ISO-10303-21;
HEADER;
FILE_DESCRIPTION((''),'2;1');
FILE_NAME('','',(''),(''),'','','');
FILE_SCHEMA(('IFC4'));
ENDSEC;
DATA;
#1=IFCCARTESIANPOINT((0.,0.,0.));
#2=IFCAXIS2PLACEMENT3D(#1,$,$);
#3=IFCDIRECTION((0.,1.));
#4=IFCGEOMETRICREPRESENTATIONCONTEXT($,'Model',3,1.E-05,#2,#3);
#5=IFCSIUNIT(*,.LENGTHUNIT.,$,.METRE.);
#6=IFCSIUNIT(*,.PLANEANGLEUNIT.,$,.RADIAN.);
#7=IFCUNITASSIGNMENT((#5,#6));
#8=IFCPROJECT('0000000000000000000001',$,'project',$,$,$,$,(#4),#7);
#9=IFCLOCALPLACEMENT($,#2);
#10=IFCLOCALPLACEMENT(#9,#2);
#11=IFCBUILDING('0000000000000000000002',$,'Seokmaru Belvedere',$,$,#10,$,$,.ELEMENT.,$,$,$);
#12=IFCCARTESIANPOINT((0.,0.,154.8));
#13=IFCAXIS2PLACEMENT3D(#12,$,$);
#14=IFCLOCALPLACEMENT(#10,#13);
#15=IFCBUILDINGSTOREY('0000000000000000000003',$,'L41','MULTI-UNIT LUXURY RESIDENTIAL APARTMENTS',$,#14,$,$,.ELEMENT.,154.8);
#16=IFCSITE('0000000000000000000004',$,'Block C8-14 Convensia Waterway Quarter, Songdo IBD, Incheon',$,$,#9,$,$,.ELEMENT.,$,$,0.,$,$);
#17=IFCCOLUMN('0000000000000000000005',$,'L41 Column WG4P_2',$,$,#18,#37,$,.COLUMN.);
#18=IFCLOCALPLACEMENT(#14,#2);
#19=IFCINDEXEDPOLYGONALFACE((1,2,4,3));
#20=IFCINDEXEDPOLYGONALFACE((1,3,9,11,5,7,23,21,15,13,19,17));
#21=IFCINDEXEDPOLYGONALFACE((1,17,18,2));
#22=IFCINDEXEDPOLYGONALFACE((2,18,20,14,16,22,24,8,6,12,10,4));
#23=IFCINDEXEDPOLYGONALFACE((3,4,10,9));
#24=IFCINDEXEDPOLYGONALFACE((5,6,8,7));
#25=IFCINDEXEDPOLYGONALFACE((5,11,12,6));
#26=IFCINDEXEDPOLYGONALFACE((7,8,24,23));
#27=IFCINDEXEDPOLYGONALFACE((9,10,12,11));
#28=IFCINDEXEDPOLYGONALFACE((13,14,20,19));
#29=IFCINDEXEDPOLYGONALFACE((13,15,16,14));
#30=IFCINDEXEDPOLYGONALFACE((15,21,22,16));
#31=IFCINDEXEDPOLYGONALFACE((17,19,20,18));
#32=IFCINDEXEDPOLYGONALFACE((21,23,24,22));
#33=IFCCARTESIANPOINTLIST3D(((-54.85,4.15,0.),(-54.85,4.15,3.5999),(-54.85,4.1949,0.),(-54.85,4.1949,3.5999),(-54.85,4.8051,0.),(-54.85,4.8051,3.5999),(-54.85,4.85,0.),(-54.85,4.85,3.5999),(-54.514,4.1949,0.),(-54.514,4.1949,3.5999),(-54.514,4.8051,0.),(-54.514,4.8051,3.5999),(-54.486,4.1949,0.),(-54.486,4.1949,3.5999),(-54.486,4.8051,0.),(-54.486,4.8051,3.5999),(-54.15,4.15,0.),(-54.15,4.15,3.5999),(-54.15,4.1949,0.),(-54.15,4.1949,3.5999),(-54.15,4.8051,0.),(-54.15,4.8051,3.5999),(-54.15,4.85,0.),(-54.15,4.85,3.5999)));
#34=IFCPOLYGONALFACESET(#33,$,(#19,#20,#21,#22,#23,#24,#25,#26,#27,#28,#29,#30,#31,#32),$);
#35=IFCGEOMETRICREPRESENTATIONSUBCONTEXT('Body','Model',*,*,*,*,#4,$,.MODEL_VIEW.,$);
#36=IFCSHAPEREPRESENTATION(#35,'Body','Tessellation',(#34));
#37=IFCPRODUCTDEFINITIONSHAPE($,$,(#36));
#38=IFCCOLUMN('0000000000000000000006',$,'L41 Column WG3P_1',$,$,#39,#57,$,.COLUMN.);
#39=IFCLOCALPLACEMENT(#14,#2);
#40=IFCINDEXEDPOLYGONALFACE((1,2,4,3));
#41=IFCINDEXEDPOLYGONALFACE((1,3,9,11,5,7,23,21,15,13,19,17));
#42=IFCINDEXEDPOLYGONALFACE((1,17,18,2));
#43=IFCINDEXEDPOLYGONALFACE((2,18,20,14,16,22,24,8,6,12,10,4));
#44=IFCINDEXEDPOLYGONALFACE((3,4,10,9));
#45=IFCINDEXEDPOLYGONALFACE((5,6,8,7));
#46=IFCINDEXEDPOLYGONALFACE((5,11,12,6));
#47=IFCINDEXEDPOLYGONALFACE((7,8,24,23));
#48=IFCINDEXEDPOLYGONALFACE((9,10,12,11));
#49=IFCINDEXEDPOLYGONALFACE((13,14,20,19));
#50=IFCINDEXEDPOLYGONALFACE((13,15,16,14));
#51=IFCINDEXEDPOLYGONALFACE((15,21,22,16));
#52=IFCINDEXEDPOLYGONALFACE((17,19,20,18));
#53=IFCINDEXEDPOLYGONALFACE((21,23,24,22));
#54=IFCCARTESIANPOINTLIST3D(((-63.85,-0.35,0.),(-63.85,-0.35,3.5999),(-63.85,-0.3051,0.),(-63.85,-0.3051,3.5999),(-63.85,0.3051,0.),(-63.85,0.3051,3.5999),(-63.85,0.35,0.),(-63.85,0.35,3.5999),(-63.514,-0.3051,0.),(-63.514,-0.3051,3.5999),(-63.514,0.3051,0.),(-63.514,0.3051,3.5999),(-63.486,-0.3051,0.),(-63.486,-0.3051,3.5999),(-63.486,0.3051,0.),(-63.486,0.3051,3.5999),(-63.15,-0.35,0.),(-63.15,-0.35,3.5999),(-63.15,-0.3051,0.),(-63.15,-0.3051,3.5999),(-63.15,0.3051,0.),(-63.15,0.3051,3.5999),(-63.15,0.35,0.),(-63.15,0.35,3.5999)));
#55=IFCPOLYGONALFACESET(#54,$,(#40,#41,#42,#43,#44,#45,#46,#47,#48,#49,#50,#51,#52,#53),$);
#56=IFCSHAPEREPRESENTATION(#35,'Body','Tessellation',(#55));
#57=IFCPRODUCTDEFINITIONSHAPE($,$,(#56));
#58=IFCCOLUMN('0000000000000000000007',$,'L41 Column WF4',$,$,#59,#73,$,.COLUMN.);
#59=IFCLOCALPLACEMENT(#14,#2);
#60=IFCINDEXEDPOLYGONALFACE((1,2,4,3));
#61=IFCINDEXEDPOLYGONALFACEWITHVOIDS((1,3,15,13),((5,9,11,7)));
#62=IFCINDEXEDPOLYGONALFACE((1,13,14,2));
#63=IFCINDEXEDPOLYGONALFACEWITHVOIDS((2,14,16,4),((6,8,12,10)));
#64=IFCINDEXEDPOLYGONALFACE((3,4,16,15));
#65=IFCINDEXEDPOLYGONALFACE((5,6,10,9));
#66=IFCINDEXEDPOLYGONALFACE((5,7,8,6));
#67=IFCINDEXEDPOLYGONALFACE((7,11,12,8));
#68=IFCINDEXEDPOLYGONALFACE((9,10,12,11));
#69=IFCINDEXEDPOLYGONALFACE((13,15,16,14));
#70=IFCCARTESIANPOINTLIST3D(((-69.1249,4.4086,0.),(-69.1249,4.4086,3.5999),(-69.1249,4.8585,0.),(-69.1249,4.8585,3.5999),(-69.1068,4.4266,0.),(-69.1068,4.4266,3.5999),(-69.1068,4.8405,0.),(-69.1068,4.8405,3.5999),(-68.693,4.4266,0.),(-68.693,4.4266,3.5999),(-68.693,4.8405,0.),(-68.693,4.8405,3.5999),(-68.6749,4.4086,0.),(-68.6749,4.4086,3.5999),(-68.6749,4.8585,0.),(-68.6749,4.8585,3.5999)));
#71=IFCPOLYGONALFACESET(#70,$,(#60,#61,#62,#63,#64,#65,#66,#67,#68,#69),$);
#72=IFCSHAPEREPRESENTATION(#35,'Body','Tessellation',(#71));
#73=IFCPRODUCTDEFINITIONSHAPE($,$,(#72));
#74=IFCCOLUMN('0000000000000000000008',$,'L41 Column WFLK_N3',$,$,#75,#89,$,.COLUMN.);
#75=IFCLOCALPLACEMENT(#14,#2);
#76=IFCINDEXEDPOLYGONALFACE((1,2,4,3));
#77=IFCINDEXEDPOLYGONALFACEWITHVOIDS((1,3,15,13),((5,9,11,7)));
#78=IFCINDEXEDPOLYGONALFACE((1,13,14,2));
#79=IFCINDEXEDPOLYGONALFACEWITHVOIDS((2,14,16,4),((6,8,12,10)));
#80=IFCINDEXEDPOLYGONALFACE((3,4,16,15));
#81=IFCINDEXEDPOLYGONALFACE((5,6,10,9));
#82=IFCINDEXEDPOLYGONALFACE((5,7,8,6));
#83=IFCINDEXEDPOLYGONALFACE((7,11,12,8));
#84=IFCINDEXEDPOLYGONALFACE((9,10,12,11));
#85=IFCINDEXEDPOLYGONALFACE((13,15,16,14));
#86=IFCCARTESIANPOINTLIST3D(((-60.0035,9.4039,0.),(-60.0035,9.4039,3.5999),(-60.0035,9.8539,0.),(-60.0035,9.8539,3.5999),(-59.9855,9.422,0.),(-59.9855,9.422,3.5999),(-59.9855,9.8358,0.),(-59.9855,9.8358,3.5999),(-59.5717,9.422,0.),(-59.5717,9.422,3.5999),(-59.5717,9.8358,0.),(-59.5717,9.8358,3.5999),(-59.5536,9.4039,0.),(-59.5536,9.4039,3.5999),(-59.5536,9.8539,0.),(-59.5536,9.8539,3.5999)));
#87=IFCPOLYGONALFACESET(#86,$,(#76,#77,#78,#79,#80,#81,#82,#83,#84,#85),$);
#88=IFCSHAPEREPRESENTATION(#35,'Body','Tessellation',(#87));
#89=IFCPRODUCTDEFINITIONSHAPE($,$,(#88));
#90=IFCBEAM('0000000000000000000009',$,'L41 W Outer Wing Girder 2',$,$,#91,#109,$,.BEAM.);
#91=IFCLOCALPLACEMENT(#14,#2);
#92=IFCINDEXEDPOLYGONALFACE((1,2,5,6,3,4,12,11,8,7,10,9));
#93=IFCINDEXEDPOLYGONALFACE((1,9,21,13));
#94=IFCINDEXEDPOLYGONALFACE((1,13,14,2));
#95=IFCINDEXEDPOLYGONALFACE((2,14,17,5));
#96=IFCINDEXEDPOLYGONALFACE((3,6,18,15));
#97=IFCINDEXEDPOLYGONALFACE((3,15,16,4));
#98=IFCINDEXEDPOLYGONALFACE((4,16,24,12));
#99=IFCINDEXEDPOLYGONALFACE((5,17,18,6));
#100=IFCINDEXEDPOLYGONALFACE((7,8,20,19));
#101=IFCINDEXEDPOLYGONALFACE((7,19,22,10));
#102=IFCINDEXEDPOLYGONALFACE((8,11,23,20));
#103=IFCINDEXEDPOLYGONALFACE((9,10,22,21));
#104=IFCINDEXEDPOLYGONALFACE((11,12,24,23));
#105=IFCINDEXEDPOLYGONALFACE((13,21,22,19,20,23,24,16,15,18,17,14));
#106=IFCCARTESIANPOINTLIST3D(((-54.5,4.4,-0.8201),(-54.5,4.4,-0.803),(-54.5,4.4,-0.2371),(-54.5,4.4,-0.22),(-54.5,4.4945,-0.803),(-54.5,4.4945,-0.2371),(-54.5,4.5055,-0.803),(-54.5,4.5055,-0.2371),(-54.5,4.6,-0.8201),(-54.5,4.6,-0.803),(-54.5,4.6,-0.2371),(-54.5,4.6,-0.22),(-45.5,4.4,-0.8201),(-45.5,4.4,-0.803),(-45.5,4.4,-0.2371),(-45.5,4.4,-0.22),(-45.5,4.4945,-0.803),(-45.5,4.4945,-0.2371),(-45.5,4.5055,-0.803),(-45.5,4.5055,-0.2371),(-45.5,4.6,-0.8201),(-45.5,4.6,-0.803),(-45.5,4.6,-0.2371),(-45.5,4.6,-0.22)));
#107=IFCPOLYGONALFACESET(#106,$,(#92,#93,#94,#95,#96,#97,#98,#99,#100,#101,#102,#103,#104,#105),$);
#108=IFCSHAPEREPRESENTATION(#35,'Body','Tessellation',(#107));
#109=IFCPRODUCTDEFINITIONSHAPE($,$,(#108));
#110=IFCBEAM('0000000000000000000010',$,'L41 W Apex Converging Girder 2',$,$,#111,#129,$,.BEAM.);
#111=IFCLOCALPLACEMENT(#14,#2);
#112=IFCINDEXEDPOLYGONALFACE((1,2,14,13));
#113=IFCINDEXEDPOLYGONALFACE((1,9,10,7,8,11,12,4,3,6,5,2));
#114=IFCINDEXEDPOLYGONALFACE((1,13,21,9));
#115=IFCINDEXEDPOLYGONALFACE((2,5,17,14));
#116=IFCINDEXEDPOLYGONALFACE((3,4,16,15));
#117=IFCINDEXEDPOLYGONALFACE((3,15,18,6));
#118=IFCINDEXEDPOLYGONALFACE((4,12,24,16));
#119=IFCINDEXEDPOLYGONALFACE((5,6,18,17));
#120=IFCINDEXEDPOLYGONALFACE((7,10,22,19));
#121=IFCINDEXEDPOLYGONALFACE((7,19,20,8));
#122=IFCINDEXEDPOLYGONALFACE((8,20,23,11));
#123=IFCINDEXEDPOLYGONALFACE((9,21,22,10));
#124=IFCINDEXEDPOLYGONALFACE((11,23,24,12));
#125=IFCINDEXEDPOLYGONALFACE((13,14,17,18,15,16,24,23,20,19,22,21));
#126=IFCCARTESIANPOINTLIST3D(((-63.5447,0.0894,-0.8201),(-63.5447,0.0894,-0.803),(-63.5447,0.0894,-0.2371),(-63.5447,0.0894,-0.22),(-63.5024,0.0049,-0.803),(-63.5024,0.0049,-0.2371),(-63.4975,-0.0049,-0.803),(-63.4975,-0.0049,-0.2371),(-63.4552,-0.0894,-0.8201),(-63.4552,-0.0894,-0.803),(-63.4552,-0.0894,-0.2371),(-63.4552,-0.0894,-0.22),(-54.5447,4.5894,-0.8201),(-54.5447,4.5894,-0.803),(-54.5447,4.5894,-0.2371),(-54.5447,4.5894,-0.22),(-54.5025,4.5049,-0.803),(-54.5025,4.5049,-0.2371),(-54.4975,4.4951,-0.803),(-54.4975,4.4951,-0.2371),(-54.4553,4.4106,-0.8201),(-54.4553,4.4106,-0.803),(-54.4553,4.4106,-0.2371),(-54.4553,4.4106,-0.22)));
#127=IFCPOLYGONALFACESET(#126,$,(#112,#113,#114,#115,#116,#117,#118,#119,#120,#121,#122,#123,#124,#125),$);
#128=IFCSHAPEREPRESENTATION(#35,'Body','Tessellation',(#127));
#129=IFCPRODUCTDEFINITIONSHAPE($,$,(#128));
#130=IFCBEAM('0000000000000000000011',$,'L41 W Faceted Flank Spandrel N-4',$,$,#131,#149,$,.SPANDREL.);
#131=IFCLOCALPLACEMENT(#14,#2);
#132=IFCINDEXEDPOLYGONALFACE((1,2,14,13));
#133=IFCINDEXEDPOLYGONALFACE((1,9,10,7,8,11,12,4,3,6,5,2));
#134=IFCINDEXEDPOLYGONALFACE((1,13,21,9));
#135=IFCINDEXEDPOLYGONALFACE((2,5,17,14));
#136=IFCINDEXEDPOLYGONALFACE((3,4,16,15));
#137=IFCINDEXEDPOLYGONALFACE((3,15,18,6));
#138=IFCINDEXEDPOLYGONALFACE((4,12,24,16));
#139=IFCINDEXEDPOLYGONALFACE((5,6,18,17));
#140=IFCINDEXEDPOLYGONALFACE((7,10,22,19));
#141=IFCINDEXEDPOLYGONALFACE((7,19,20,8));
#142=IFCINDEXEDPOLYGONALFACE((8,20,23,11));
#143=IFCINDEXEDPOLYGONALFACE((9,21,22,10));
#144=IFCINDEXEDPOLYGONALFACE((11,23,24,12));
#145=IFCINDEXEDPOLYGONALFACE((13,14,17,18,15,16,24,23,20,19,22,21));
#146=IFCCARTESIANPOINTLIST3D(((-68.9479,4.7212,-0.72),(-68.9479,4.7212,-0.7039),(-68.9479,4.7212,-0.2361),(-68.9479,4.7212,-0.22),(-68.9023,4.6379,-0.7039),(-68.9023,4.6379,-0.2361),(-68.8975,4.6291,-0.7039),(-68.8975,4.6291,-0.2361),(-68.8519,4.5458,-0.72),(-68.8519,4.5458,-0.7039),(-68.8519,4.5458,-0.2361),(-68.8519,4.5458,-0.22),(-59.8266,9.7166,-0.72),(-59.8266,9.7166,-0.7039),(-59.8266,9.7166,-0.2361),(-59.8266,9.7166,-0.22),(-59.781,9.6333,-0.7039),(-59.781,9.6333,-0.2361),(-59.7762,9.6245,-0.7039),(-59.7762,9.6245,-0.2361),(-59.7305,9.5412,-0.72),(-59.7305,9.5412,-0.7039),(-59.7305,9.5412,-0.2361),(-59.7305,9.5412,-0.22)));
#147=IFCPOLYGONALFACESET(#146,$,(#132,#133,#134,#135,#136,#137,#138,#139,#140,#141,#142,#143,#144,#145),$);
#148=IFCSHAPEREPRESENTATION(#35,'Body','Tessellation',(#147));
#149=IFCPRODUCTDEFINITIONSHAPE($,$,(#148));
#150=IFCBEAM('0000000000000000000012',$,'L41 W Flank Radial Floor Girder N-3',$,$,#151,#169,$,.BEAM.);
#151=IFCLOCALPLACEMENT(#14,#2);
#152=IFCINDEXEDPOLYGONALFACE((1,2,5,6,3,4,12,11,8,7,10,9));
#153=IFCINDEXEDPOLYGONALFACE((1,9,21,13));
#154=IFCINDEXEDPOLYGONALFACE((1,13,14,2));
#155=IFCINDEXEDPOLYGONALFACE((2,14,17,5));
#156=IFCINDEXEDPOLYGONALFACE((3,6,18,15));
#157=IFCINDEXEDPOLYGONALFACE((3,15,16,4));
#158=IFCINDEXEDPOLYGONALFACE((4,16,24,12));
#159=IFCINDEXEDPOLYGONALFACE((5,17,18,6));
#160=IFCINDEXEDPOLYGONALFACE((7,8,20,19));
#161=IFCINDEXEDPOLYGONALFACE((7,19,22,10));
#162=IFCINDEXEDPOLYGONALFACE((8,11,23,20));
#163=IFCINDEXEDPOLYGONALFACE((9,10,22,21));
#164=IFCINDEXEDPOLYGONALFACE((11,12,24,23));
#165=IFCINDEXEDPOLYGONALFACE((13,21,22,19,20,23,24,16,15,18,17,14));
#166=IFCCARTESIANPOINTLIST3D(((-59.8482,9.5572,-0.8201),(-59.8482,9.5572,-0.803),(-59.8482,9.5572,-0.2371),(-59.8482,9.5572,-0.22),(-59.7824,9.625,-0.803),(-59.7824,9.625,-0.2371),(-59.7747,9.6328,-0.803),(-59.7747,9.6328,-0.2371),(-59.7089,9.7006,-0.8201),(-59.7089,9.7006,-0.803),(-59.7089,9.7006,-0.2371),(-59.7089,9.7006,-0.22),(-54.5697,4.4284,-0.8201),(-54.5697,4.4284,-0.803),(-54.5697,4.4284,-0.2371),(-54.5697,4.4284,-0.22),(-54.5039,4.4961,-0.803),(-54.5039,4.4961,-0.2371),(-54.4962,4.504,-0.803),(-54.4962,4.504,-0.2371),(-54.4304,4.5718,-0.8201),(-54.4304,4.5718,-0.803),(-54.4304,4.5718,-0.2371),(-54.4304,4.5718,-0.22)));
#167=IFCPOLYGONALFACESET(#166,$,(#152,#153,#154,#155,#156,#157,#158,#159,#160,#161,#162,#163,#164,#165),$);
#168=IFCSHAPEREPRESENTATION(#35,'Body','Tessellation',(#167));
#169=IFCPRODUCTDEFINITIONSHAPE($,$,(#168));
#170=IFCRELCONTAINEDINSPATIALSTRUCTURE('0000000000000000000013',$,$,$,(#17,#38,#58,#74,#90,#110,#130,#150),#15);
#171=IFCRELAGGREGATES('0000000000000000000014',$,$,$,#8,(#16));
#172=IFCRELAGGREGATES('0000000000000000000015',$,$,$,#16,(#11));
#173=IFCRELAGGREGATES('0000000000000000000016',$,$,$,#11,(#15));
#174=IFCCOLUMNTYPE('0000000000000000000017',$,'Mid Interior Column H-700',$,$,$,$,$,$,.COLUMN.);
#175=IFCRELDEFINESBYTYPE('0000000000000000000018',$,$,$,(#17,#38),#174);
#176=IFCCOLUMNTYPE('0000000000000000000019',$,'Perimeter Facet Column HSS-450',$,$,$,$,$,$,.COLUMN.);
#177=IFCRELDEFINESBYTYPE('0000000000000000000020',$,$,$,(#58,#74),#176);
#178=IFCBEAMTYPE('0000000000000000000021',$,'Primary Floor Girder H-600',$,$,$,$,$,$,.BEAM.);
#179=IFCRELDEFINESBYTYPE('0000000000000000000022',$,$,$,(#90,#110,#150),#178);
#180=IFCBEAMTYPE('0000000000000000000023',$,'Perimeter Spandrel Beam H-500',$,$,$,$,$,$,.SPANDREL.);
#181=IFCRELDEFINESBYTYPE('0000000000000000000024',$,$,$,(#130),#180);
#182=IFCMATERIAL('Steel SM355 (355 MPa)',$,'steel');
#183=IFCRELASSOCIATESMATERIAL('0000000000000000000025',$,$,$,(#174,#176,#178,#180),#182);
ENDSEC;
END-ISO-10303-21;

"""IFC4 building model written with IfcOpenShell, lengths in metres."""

from ifc_helpers import new_model, si_unit, direction, frame, origin, origin_2d, place, context, subcontext, project, spatial, hollow_rectangle, i_section, extrude, source, transform, mapped, material, material_profile, profile_set, type_object, type_shapes, element, save


model = new_model("IFC4")

# Units and contexts
model_context = context("Model", 3, precision=1e-05, world=origin(), true_north=direction((0.0, 1.0)))
body_context = subcontext(model_context, "Body", "Model", "MODEL_VIEW")
ifc_project = project(units=[si_unit("LENGTHUNIT", "METRE"), si_unit("PLANEANGLEUNIT", "RADIAN")], contexts=[model_context])

# Site, building, storey
site_placement = place(None, origin())
site = spatial("IfcSite", under=ifc_project, at=site_placement, Name="Block C8-14 Convensia Waterway Quarter, Songdo IBD, Incheon", CompositionType="ELEMENT", RefElevation=0.0)
building_placement = place(site_placement, origin())
building = spatial("IfcBuilding", under=site, at=building_placement, Name="Seokmaru Belvedere", CompositionType="ELEMENT")
storey_placement = place(building_placement, frame((0.0, 0.0, 154.8)))
storey = spatial("IfcBuildingStorey", under=building, at=storey_placement, Name="L41", Description="MULTI-UNIT LUXURY RESIDENTIAL APARTMENTS", CompositionType="ELEMENT", Elevation=154.8)

# Columns
ifc_material_1 = material(Name="Steel SM355 (355 MPa)", Category="steel")
ifc_material_profile_1 = material_profile(ifc_material_1, i_section(OverallWidth=0.7, OverallDepth=0.7, WebThickness=0.0281, FlangeThickness=0.0449, at=origin_2d()), Name="H-700x700x28x45")
ifc_profile_set_1 = profile_set([ifc_material_profile_1], Name="Steel SM355 (355 MPa)")
column_type_1 = type_object("IfcColumnType", Name="Mid Interior Column H-700", PredefinedType="COLUMN", material=ifc_profile_set_1)
shared_shape_1 = source(origin(), body_context, "Body", "SweptSolid", [
    extrude(i_section(OverallWidth=0.7, OverallDepth=0.7, WebThickness=0.0281, FlangeThickness=0.0449, at=origin_2d()), origin(), (0.0, 0.0, 1.0), 3.5999),
])
type_shapes(column_type_1, [shared_shape_1])
for number, where, z_axis, x_axis, name in (
    (1, (-54.5, 4.5, 0.0), (0.0, 0.0, 1.0), (1.0, 0.0, 0.0), "L41 Column WG4P_2"),
    (2, (-63.5, 0.0, 0.0), (0.0, 0.0, 1.0), (1.0, 0.0, 0.0), "L41 Column WG3P_1"),
):
    element("IfcColumn", number, at=place(storey_placement, frame(where, z_axis=z_axis, x_axis=x_axis)), inside=storey, type_object=column_type_1, Name=name, PredefinedType="COLUMN", context=body_context, shape_type="MappedRepresentation", body=[
        mapped(shared_shape_1, transform((0.0, 0.0, 0.0), scale=1.0)),
    ])
ifc_material_profile_2 = material_profile(ifc_material_1, hollow_rectangle(XDim=0.45, YDim=0.45, WallThickness=0.0181, at=origin_2d()), Name="HSS-450x450x18")
ifc_profile_set_2 = profile_set([ifc_material_profile_2], Name="Steel SM355 (355 MPa)")
column_type_2 = type_object("IfcColumnType", Name="Perimeter Facet Column HSS-450", PredefinedType="COLUMN", material=ifc_profile_set_2)
shared_shape_2 = source(origin(), body_context, "Body", "SweptSolid", [
    extrude(hollow_rectangle(XDim=0.45, YDim=0.45, WallThickness=0.0181, at=origin_2d()), origin(), (0.0, 0.0, 1.0), 3.5999),
])
type_shapes(column_type_2, [shared_shape_2])
for number, where, z_axis, x_axis, name in (
    (3, (-68.8999, 4.6335, 0.0), (0.0, 0.0, 1.0), (1.0, 0.0, 0.0), "L41 Column WF4"),
    (4, (-59.7786, 9.6289, 0.0), (0.0, 0.0, 1.0), (1.0, 0.0, 0.0), "L41 Column WFLK_N3"),
):
    element("IfcColumn", number, at=place(storey_placement, frame(where, z_axis=z_axis, x_axis=x_axis)), inside=storey, type_object=column_type_2, Name=name, PredefinedType="COLUMN", context=body_context, shape_type="MappedRepresentation", body=[
        mapped(shared_shape_2, transform((0.0, 0.0, 0.0), scale=1.0)),
    ])

# Beams
ifc_material_profile_3 = material_profile(ifc_material_1, i_section(OverallWidth=0.2, OverallDepth=0.6001, WebThickness=0.011, FlangeThickness=0.0171, at=origin_2d()), Name="H-600x200x11x17")
ifc_profile_set_3 = profile_set([ifc_material_profile_3], Name="Steel SM355 (355 MPa)")
beam_type_1 = type_object("IfcBeamType", Name="Primary Floor Girder H-600", PredefinedType="BEAM", material=ifc_profile_set_3)
shared_shape_3 = source(origin(), body_context, "Body", "SweptSolid", [
    extrude(i_section(OverallWidth=0.2, OverallDepth=0.6001, WebThickness=0.011, FlangeThickness=0.0171, at=origin_2d()), origin(), (0.0, 0.0, 1.0), 9.0),
])
beam_1_placement = place(storey_placement, frame((-54.5, 4.5, -0.52), z_axis=(1.0, 0.0, 0.0), x_axis=(0.0, 1.0, 0.0)))
element("IfcBeam", 5, at=beam_1_placement, inside=storey, type_object=beam_type_1, Name="L41 W Outer Wing Girder 2", PredefinedType="BEAM", context=body_context, shape_type="MappedRepresentation", body=[
    mapped(shared_shape_3, transform((0.0, 0.0, 0.0), scale=1.0)),
])
shared_shape_4 = source(origin(), body_context, "Body", "SweptSolid", [
    extrude(i_section(OverallWidth=0.2, OverallDepth=0.6001, WebThickness=0.011, FlangeThickness=0.0171, at=origin_2d()), origin(), (0.0, 0.0, 1.0), 10.0623),
])
beam_2_placement = place(storey_placement, frame((-54.5, 4.5, -0.52), z_axis=(-0.894427, -0.447214, 0.0), x_axis=(0.447214, -0.894427, 0.0)))
element("IfcBeam", 6, at=beam_2_placement, inside=storey, type_object=beam_type_1, Name="L41 W Apex Converging Girder 2", PredefinedType="BEAM", context=body_context, shape_type="MappedRepresentation", body=[
    mapped(shared_shape_4, transform((0.0, 0.0, 0.0), scale=1.0)),
])
ifc_material_profile_4 = material_profile(ifc_material_1, i_section(OverallWidth=0.2, OverallDepth=0.5, WebThickness=0.01, FlangeThickness=0.0161, at=origin_2d()), Name="H-500x200x10x16")
ifc_profile_set_4 = profile_set([ifc_material_profile_4], Name="Steel SM355 (355 MPa)")
beam_type_2 = type_object("IfcBeamType", Name="Perimeter Spandrel Beam H-500", PredefinedType="SPANDREL", material=ifc_profile_set_4)
shared_shape_5 = source(origin(), body_context, "Body", "SweptSolid", [
    extrude(i_section(OverallWidth=0.2, OverallDepth=0.5, WebThickness=0.01, FlangeThickness=0.0161, at=origin_2d()), origin(), (0.0, 0.0, 1.0), 10.3997),
])
type_shapes(beam_type_2, [shared_shape_5])
beam_3_placement = place(storey_placement, frame((-59.7786, 9.6289, -0.47), z_axis=(-0.877082, -0.48034, 0.0), x_axis=(0.48034, -0.877082, 0.0)))
element("IfcBeam", 7, at=beam_3_placement, inside=storey, type_object=beam_type_2, Name="L41 W Faceted Flank Spandrel N-4", PredefinedType="SPANDREL", context=body_context, shape_type="MappedRepresentation", body=[
    mapped(shared_shape_5, transform((0.0, 0.0, 0.0), scale=1.0)),
])
shared_shape_6 = source(origin(), body_context, "Body", "SweptSolid", [
    extrude(i_section(OverallWidth=0.2, OverallDepth=0.6001, WebThickness=0.011, FlangeThickness=0.0171, at=origin_2d()), origin(), (0.0, 0.0, 1.0), 7.3599),
])
beam_4_placement = place(storey_placement, frame((-59.7786, 9.6289, -0.52), z_axis=(0.717201, -0.696867, 0.0), x_axis=(0.696867, 0.717201, 0.0)))
element("IfcBeam", 8, at=beam_4_placement, inside=storey, type_object=beam_type_1, Name="L41 W Flank Radial Floor Girder N-3", PredefinedType="BEAM", context=body_context, shape_type="MappedRepresentation", body=[
    mapped(shared_shape_6, transform((0.0, 0.0, 0.0), scale=1.0)),
])

save(model, "model.ifc")
